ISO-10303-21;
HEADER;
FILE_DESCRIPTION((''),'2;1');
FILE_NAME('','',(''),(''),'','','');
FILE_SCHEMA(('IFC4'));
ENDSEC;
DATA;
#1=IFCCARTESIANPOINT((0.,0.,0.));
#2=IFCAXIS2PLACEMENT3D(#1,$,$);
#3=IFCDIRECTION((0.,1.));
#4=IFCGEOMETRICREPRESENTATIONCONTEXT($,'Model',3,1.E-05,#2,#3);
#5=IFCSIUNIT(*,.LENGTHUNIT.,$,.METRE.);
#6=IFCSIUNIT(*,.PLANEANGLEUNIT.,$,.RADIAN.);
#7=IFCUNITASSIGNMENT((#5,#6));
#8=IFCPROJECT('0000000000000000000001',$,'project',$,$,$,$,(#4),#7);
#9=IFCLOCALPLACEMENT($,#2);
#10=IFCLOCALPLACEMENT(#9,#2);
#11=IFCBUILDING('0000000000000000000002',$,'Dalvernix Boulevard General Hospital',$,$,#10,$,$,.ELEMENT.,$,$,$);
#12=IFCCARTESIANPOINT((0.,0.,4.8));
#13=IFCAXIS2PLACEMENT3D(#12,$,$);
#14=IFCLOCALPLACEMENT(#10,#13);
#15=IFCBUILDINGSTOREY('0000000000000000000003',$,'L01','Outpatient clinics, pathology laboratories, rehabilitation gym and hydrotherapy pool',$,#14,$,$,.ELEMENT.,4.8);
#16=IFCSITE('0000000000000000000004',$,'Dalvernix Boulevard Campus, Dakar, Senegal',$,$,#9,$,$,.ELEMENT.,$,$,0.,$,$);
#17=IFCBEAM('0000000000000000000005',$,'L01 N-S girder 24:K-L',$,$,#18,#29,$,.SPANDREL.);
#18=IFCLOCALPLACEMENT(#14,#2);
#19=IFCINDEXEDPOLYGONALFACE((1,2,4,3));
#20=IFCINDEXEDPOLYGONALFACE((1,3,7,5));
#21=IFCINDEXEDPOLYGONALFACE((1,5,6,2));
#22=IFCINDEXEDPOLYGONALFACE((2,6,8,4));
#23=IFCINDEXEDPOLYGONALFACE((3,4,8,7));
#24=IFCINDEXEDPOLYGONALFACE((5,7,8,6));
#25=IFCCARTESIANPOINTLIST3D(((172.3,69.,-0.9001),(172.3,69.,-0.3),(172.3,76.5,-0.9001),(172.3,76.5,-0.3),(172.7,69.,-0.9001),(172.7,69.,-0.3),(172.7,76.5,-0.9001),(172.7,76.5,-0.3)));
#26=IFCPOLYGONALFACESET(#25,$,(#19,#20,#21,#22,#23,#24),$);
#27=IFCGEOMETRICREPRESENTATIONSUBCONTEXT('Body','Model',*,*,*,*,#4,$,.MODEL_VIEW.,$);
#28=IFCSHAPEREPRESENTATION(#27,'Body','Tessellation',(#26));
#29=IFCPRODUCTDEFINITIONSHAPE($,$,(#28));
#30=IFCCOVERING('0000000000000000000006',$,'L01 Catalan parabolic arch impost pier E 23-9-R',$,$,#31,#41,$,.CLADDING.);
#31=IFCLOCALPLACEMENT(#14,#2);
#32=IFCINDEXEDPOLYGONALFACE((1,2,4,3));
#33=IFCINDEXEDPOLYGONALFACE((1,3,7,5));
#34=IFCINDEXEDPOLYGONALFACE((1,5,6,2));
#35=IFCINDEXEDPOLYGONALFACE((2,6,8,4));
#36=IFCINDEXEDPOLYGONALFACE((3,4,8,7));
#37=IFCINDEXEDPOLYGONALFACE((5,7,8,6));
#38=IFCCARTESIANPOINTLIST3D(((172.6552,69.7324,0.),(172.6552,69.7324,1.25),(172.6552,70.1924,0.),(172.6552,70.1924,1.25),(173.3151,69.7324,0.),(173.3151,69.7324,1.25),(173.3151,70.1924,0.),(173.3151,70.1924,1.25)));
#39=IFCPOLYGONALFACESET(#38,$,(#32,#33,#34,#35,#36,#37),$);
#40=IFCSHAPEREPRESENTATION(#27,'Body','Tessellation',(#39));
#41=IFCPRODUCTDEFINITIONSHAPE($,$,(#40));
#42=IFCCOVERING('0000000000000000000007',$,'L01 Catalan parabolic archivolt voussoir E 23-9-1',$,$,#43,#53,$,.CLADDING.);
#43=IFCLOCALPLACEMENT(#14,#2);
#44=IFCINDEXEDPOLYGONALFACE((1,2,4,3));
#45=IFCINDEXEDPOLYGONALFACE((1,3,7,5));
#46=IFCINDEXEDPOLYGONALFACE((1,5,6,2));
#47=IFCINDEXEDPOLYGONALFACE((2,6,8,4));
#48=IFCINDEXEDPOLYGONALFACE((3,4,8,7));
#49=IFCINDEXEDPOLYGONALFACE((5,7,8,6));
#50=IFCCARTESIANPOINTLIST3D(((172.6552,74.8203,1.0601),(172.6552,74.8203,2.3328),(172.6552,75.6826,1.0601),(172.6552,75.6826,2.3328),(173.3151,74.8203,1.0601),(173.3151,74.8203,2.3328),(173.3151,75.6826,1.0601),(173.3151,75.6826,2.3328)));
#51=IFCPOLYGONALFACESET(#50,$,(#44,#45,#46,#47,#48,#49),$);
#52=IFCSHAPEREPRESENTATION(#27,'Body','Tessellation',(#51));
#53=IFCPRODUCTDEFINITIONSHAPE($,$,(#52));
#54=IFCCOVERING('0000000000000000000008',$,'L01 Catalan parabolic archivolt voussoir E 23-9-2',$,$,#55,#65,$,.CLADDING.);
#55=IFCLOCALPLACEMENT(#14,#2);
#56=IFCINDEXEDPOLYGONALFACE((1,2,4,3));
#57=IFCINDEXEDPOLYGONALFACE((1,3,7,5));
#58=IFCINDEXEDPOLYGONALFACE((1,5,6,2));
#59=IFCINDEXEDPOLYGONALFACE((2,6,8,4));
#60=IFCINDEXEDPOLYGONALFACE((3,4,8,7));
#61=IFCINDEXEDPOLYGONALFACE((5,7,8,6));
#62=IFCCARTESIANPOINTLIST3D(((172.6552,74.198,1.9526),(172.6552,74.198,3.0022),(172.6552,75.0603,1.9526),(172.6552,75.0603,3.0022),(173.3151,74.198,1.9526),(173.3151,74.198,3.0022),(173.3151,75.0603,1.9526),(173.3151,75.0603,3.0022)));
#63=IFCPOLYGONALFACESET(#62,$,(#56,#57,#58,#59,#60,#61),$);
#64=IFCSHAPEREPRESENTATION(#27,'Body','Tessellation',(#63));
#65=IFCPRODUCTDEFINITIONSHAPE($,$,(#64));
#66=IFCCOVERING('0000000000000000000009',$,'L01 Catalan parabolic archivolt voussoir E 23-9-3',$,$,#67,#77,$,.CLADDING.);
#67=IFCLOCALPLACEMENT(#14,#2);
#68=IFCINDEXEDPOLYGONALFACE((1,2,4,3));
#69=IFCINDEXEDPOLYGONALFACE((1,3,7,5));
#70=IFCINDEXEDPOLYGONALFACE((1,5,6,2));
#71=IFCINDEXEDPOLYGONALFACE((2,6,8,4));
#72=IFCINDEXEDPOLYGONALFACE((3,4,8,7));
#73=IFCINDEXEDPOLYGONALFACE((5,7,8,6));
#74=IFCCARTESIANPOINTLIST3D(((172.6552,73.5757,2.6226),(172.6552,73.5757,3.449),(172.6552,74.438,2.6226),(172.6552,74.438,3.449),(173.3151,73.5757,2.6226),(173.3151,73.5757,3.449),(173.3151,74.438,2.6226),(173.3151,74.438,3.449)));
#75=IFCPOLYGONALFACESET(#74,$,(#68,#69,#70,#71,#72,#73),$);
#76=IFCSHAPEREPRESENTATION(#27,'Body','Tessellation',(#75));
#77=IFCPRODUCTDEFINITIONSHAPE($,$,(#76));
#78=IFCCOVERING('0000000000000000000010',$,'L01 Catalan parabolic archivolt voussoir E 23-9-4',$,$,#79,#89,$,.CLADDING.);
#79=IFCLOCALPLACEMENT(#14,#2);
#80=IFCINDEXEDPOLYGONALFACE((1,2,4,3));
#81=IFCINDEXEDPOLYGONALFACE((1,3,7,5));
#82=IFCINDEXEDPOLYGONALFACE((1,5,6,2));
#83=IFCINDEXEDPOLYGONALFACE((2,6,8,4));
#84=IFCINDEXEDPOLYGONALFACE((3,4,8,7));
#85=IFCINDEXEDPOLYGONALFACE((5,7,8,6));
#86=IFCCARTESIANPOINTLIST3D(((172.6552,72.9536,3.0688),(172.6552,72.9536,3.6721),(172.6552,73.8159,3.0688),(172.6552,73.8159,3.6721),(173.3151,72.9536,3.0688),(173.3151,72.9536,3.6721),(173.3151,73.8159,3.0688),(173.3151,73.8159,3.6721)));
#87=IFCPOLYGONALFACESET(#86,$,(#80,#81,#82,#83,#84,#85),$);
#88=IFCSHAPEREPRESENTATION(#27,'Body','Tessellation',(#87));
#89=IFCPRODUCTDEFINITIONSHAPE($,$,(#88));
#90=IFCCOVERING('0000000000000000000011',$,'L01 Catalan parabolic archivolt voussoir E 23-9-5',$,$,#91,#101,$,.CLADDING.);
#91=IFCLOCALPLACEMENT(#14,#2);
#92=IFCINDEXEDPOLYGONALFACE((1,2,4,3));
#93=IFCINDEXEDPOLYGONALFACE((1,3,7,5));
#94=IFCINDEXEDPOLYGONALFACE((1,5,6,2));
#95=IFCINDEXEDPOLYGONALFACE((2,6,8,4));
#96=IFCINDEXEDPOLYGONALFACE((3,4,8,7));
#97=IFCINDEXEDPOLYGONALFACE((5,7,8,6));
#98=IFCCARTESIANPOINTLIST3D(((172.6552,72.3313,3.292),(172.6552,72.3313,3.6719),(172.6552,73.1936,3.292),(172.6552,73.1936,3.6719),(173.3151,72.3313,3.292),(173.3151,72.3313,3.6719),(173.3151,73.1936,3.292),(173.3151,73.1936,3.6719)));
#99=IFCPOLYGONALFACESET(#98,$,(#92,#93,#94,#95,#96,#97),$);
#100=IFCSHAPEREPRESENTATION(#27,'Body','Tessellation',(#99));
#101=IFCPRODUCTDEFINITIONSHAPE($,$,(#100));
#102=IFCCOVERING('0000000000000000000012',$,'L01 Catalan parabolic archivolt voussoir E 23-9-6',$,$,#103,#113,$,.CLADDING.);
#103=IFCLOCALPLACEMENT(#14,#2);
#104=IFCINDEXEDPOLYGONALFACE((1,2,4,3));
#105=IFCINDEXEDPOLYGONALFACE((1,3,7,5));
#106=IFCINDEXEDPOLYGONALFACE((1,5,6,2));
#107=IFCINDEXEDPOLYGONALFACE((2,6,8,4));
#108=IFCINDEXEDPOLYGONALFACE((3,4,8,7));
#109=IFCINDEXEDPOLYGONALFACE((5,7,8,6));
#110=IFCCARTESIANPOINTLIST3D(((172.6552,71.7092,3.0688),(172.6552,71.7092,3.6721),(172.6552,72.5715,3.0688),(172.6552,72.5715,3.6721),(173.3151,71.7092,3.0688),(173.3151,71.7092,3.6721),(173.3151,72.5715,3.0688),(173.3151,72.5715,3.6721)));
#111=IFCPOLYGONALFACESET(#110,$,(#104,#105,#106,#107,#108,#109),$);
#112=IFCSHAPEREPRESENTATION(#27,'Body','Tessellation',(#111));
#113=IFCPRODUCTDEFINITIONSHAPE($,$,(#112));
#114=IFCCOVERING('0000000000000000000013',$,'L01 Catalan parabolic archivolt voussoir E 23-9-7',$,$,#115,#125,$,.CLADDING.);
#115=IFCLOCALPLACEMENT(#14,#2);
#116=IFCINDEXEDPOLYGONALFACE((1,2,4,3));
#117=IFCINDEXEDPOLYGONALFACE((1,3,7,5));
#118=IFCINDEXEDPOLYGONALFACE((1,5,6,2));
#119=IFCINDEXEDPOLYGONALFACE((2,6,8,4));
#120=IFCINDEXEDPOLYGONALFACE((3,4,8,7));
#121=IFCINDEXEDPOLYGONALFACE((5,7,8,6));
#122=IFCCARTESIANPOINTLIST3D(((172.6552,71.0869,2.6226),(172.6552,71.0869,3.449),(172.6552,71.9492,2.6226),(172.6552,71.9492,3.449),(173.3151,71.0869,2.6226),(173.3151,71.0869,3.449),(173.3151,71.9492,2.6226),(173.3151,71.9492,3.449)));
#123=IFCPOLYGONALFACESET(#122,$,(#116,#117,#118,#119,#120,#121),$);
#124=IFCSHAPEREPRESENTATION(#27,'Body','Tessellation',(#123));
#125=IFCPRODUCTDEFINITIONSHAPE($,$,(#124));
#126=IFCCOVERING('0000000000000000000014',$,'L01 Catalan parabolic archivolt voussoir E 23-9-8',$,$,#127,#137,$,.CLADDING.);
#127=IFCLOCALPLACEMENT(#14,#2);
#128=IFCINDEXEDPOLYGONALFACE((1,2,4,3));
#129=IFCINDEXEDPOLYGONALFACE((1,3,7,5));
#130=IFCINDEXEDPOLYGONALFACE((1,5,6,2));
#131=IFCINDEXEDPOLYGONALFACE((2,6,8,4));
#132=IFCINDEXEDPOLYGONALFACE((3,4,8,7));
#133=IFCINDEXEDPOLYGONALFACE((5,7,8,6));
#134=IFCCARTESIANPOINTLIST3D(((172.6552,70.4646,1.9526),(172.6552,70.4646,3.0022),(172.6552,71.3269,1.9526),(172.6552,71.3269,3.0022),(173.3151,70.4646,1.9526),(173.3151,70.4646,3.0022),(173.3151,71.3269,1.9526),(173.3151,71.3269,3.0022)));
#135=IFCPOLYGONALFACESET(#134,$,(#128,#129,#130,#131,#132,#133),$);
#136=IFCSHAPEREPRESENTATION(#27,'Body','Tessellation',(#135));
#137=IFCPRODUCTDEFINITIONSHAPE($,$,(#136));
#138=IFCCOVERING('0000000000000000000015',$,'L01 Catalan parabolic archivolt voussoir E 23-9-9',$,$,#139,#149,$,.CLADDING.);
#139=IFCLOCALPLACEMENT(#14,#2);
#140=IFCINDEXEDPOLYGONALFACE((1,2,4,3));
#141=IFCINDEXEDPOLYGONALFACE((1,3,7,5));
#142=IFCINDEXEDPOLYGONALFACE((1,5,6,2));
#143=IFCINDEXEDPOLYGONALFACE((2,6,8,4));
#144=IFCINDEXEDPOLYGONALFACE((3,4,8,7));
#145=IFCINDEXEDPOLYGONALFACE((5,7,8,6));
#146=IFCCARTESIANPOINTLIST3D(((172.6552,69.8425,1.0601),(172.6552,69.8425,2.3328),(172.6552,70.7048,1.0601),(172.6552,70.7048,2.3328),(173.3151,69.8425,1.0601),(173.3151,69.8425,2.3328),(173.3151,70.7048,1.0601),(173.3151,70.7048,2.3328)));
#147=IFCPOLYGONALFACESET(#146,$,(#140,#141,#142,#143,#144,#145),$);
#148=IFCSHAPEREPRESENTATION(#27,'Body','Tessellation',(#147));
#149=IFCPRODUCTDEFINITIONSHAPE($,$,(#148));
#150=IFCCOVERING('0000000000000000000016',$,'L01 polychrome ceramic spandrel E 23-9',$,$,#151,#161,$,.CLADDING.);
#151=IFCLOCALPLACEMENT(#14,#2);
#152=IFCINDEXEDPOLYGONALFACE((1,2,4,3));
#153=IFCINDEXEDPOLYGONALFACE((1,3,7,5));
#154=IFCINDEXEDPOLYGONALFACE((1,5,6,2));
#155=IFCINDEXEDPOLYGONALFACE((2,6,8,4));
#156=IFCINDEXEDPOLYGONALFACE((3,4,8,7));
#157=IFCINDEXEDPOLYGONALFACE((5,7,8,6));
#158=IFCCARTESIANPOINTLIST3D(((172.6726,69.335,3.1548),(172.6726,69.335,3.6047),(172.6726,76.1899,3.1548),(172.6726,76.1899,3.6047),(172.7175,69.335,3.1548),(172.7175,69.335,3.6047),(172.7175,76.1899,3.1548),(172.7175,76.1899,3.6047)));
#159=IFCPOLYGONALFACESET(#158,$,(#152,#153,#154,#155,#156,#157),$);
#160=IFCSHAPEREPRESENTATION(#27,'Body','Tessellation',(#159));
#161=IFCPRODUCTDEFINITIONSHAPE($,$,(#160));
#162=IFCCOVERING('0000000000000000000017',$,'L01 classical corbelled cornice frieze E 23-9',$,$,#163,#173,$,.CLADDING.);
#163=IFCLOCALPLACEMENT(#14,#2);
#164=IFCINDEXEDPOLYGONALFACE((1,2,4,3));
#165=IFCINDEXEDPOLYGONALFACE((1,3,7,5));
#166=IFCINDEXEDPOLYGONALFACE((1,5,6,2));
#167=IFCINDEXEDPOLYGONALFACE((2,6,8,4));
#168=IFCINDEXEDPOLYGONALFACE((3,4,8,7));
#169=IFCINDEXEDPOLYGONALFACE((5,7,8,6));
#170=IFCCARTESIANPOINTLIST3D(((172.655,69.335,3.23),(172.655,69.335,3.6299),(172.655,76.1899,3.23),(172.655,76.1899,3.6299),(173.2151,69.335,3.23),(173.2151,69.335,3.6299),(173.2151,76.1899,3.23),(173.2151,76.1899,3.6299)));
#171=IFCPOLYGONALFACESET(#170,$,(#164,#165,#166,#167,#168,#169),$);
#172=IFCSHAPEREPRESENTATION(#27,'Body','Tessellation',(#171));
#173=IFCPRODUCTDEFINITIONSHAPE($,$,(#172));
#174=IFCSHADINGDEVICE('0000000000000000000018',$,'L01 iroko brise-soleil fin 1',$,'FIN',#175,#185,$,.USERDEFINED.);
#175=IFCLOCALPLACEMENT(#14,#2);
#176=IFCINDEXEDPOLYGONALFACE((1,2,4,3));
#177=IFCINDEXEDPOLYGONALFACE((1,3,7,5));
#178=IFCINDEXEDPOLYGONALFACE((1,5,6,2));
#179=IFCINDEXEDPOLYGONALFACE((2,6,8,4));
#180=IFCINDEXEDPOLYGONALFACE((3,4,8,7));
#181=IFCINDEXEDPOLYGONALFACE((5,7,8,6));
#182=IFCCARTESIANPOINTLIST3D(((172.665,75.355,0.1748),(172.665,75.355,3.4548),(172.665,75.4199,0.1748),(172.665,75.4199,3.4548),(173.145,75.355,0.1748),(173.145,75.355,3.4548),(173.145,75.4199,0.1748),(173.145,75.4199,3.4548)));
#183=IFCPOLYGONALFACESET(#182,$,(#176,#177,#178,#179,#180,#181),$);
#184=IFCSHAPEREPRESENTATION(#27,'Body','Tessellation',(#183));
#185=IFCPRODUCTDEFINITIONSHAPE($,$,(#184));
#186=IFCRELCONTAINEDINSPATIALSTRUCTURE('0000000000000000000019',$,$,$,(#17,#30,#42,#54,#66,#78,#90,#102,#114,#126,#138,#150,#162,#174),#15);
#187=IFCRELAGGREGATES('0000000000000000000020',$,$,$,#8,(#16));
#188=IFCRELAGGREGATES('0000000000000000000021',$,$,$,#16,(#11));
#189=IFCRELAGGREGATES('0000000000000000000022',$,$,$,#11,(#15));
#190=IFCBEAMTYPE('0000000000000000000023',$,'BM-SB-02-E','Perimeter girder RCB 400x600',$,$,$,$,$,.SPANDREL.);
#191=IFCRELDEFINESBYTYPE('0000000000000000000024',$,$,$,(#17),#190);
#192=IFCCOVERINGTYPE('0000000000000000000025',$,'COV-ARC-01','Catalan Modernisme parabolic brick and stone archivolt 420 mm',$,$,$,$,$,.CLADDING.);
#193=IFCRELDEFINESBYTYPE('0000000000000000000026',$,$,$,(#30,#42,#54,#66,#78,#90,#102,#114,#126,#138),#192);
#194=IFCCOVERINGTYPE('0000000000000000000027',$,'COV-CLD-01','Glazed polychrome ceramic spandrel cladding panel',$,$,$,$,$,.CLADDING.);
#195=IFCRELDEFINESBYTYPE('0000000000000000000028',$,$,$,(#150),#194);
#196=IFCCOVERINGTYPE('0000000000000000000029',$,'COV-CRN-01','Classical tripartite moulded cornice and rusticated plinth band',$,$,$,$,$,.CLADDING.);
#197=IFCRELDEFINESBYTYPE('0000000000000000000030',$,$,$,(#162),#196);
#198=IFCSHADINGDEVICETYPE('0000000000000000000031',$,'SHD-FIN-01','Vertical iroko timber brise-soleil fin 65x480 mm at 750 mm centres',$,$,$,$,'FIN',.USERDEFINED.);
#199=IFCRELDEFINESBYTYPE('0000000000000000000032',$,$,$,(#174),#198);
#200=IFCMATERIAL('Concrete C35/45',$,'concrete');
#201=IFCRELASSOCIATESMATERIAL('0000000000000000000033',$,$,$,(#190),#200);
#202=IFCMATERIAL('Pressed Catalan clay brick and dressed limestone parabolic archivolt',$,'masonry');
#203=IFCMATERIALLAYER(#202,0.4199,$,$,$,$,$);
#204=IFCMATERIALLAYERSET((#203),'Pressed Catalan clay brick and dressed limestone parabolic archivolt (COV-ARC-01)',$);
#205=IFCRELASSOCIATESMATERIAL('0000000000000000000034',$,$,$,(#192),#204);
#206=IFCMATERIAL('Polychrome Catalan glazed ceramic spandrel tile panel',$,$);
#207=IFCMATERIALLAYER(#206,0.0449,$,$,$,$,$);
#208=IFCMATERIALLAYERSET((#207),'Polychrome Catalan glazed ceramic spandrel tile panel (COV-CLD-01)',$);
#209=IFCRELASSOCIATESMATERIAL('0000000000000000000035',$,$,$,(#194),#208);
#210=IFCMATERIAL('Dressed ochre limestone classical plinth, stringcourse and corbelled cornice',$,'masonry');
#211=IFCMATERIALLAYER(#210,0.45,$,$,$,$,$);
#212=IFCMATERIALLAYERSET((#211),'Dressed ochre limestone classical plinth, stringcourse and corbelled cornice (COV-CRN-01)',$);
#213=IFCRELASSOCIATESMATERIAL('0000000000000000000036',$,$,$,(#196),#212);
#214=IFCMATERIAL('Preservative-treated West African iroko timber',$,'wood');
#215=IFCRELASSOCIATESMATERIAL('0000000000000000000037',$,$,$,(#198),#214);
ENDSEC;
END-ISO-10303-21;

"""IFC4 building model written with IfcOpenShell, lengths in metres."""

from ifc_helpers import new_model, si_unit, direction, frame, origin, origin_2d, place, context, subcontext, project, spatial, rectangle, extrude, material, layer, layer_set, material_profile, profile_set, type_object, element, save


model = new_model("IFC4")

# Units and contexts
model_context = context("Model", 3, precision=1e-05, world=origin(), true_north=direction((0.0, 1.0)))
body_context = subcontext(model_context, "Body", "Model", "MODEL_VIEW")
ifc_project = project(units=[si_unit("LENGTHUNIT", "METRE"), si_unit("PLANEANGLEUNIT", "RADIAN")], contexts=[model_context])

# Site, building, storey
site_placement = place(None, origin())
site = spatial("IfcSite", under=ifc_project, at=site_placement, Name="Dalvernix Boulevard Campus, Dakar, Senegal", CompositionType="ELEMENT", RefElevation=0.0)
building_placement = place(site_placement, origin())
building = spatial("IfcBuilding", under=site, at=building_placement, Name="Dalvernix Boulevard General Hospital", CompositionType="ELEMENT")
storey_placement = place(building_placement, frame((0.0, 0.0, 4.8)))
storey = spatial("IfcBuildingStorey", under=building, at=storey_placement, Name="L01", Description="Outpatient clinics, pathology laboratories, rehabilitation gym and hydrotherapy pool", CompositionType="ELEMENT", Elevation=4.8)

# Beam
ifc_material_1 = material(Name="Concrete C35/45", Category="concrete")
ifc_material_profile = material_profile(ifc_material_1, rectangle(XDim=0.3999, YDim=0.6001, at=origin_2d()), Name="RCB 400x600")
ifc_profile_set = profile_set([ifc_material_profile], Name="Concrete C35/45")
beam_type = type_object("IfcBeamType", Name="BM-SB-02-E", Description="Perimeter girder RCB 400x600", PredefinedType="SPANDREL", material=ifc_profile_set)
beam_placement = place(storey_placement, frame((172.5, 69.0, -0.6001), z_axis=(0.0, 1.0, 0.0), x_axis=(-1.0, 0.0, 0.0)))
element("IfcBeam", 1, at=beam_placement, inside=storey, type_object=beam_type, Name="L01 N-S girder 24:K-L", PredefinedType="SPANDREL", context=body_context, shape_type="SweptSolid", body=[
    extrude(rectangle(XDim=0.3999, YDim=0.6001, at=origin_2d()), origin(), (0.0, 0.0, 1.0), 7.5),
])

# Coverings
ifc_material_2 = material(Name="Pressed Catalan clay brick and dressed limestone parabolic archivolt", Category="masonry")
ifc_layer_1 = layer(ifc_material_2, 0.4199)
ifc_layer_set_1 = layer_set([ifc_layer_1], Name="Pressed Catalan clay brick and dressed limestone parabolic archivolt (COV-ARC-01)")
covering_type_1 = type_object("IfcCoveringType", Name="COV-ARC-01", Description="Catalan Modernisme parabolic brick and stone archivolt 420 mm", PredefinedType="CLADDING", material=ifc_layer_set_1)
covering_1_placement = place(storey_placement, frame((172.9851, 69.9624, 0.0), z_axis=(0.0, 0.0, 1.0), x_axis=(0.0, -1.0, 0.0)))
element("IfcCovering", 2, at=covering_1_placement, inside=storey, type_object=covering_type_1, Name="L01 Catalan parabolic arch impost pier E 23-9-R", PredefinedType="CLADDING", context=body_context, shape_type="SweptSolid", body=[
    extrude(rectangle(XDim=0.46, YDim=0.6599, at=origin_2d()), origin(), (0.0, 0.0, 1.0), 1.25),
])
covering_2_placement = place(storey_placement, frame((172.9851, 75.2515, 1.0601), z_axis=(0.0, 0.0, 1.0), x_axis=(0.0, -1.0, 0.0)))
element("IfcCovering", 3, at=covering_2_placement, inside=storey, type_object=covering_type_1, Name="L01 Catalan parabolic archivolt voussoir E 23-9-1", PredefinedType="CLADDING", context=body_context, shape_type="SweptSolid", body=[
    extrude(rectangle(XDim=0.8623, YDim=0.6599, at=origin_2d()), origin(), (0.0, 0.0, 1.0), 1.2727),
])
covering_3_placement = place(storey_placement, frame((172.9851, 74.6292, 1.9526), z_axis=(0.0, 0.0, 1.0), x_axis=(0.0, -1.0, 0.0)))
element("IfcCovering", 4, at=covering_3_placement, inside=storey, type_object=covering_type_1, Name="L01 Catalan parabolic archivolt voussoir E 23-9-2", PredefinedType="CLADDING", context=body_context, shape_type="SweptSolid", body=[
    extrude(rectangle(XDim=0.8623, YDim=0.6599, at=origin_2d()), origin(), (0.0, 0.0, 1.0), 1.0496),
])
covering_4_placement = place(storey_placement, frame((172.9851, 74.0068, 2.6226), z_axis=(0.0, 0.0, 1.0), x_axis=(0.0, -1.0, 0.0)))
element("IfcCovering", 5, at=covering_4_placement, inside=storey, type_object=covering_type_1, Name="L01 Catalan parabolic archivolt voussoir E 23-9-3", PredefinedType="CLADDING", context=body_context, shape_type="SweptSolid", body=[
    extrude(rectangle(XDim=0.8623, YDim=0.6599, at=origin_2d()), origin(), (0.0, 0.0, 1.0), 0.8264),
])
covering_5_placement = place(storey_placement, frame((172.9851, 73.3848, 3.0688), z_axis=(0.0, 0.0, 1.0), x_axis=(0.0, -1.0, 0.0)))
element("IfcCovering", 6, at=covering_5_placement, inside=storey, type_object=covering_type_1, Name="L01 Catalan parabolic archivolt voussoir E 23-9-4", PredefinedType="CLADDING", context=body_context, shape_type="SweptSolid", body=[
    extrude(rectangle(XDim=0.8623, YDim=0.6599, at=origin_2d()), origin(), (0.0, 0.0, 1.0), 0.6033),
])
covering_6_placement = place(storey_placement, frame((172.9851, 72.7625, 3.292), z_axis=(0.0, 0.0, 1.0), x_axis=(0.0, -1.0, 0.0)))
element("IfcCovering", 7, at=covering_6_placement, inside=storey, type_object=covering_type_1, Name="L01 Catalan parabolic archivolt voussoir E 23-9-5", PredefinedType="CLADDING", context=body_context, shape_type="SweptSolid", body=[
    extrude(rectangle(XDim=0.8623, YDim=0.6599, at=origin_2d()), origin(), (0.0, 0.0, 1.0), 0.3799),
])
covering_7_placement = place(storey_placement, frame((172.9851, 72.1404, 3.0688), z_axis=(0.0, 0.0, 1.0), x_axis=(0.0, -1.0, 0.0)))
element("IfcCovering", 8, at=covering_7_placement, inside=storey, type_object=covering_type_1, Name="L01 Catalan parabolic archivolt voussoir E 23-9-6", PredefinedType="CLADDING", context=body_context, shape_type="SweptSolid", body=[
    extrude(rectangle(XDim=0.8623, YDim=0.6599, at=origin_2d()), origin(), (0.0, 0.0, 1.0), 0.6033),
])
covering_8_placement = place(storey_placement, frame((172.9851, 71.5181, 2.6226), z_axis=(0.0, 0.0, 1.0), x_axis=(0.0, -1.0, 0.0)))
element("IfcCovering", 9, at=covering_8_placement, inside=storey, type_object=covering_type_1, Name="L01 Catalan parabolic archivolt voussoir E 23-9-7", PredefinedType="CLADDING", context=body_context, shape_type="SweptSolid", body=[
    extrude(rectangle(XDim=0.8623, YDim=0.6599, at=origin_2d()), origin(), (0.0, 0.0, 1.0), 0.8264),
])
covering_9_placement = place(storey_placement, frame((172.9851, 70.8958, 1.9526), z_axis=(0.0, 0.0, 1.0), x_axis=(0.0, -1.0, 0.0)))
element("IfcCovering", 10, at=covering_9_placement, inside=storey, type_object=covering_type_1, Name="L01 Catalan parabolic archivolt voussoir E 23-9-8", PredefinedType="CLADDING", context=body_context, shape_type="SweptSolid", body=[
    extrude(rectangle(XDim=0.8623, YDim=0.6599, at=origin_2d()), origin(), (0.0, 0.0, 1.0), 1.0496),
])
covering_10_placement = place(storey_placement, frame((172.9851, 70.2737, 1.0601), z_axis=(0.0, 0.0, 1.0), x_axis=(0.0, -1.0, 0.0)))
element("IfcCovering", 11, at=covering_10_placement, inside=storey, type_object=covering_type_1, Name="L01 Catalan parabolic archivolt voussoir E 23-9-9", PredefinedType="CLADDING", context=body_context, shape_type="SweptSolid", body=[
    extrude(rectangle(XDim=0.8623, YDim=0.6599, at=origin_2d()), origin(), (0.0, 0.0, 1.0), 1.2727),
])
ifc_material_3 = material(Name="Polychrome Catalan glazed ceramic spandrel tile panel")
ifc_layer_2 = layer(ifc_material_3, 0.0449)
ifc_layer_set_2 = layer_set([ifc_layer_2], Name="Polychrome Catalan glazed ceramic spandrel tile panel (COV-CLD-01)")
covering_type_2 = type_object("IfcCoveringType", Name="COV-CLD-01", Description="Glazed polychrome ceramic spandrel cladding panel", PredefinedType="CLADDING", material=ifc_layer_set_2)
covering_11_placement = place(storey_placement, frame((172.6951, 72.7625, 3.1548), z_axis=(0.0, 0.0, 1.0), x_axis=(0.0, -1.0, 0.0)))
element("IfcCovering", 12, at=covering_11_placement, inside=storey, type_object=covering_type_2, Name="L01 polychrome ceramic spandrel E 23-9", PredefinedType="CLADDING", context=body_context, shape_type="SweptSolid", body=[
    extrude(rectangle(XDim=6.855, YDim=0.0449, at=origin_2d()), origin(), (0.0, 0.0, 1.0), 0.45),
])
ifc_material_4 = material(Name="Dressed ochre limestone classical plinth, stringcourse and corbelled cornice", Category="masonry")
ifc_layer_3 = layer(ifc_material_4, 0.45)
ifc_layer_set_3 = layer_set([ifc_layer_3], Name="Dressed ochre limestone classical plinth, stringcourse and corbelled cornice (COV-CRN-01)")
covering_type_3 = type_object("IfcCoveringType", Name="COV-CRN-01", Description="Classical tripartite moulded cornice and rusticated plinth band", PredefinedType="CLADDING", material=ifc_layer_set_3)
covering_12_placement = place(storey_placement, frame((172.9351, 72.7625, 3.23), z_axis=(0.0, 0.0, 1.0), x_axis=(0.0, -1.0, 0.0)))
element("IfcCovering", 13, at=covering_12_placement, inside=storey, type_object=covering_type_3, Name="L01 classical corbelled cornice frieze E 23-9", PredefinedType="CLADDING", context=body_context, shape_type="SweptSolid", body=[
    extrude(rectangle(XDim=6.855, YDim=0.5601, at=origin_2d()), origin(), (0.0, 0.0, 1.0), 0.3999),
])

# Shading device
ifc_material_5 = material(Name="Preservative-treated West African iroko timber", Category="wood")
shading_device_type = type_object("IfcShadingDeviceType", Name="SHD-FIN-01", Description="Vertical iroko timber brise-soleil fin 65x480 mm at 750 mm centres", ElementType="FIN", PredefinedType="USERDEFINED", material=ifc_material_5)
for number, where, z_axis, x_axis, name in (
    (14, (172.905, 75.3875, 0.1748), (0.0, 0.0, 1.0), (0.0, -1.0, 0.0), "L01 iroko brise-soleil fin 1"),
):
    element("IfcShadingDevice", number, at=place(storey_placement, frame(where, z_axis=z_axis, x_axis=x_axis)), inside=storey, type_object=shading_device_type, Name=name, ObjectType="FIN", PredefinedType="USERDEFINED", context=body_context, shape_type="SweptSolid", body=[
        extrude(rectangle(XDim=0.0649, YDim=0.48, at=origin_2d()), origin(), (0.0, 0.0, 1.0), 3.28),
    ])

save(model, "model.ifc")
